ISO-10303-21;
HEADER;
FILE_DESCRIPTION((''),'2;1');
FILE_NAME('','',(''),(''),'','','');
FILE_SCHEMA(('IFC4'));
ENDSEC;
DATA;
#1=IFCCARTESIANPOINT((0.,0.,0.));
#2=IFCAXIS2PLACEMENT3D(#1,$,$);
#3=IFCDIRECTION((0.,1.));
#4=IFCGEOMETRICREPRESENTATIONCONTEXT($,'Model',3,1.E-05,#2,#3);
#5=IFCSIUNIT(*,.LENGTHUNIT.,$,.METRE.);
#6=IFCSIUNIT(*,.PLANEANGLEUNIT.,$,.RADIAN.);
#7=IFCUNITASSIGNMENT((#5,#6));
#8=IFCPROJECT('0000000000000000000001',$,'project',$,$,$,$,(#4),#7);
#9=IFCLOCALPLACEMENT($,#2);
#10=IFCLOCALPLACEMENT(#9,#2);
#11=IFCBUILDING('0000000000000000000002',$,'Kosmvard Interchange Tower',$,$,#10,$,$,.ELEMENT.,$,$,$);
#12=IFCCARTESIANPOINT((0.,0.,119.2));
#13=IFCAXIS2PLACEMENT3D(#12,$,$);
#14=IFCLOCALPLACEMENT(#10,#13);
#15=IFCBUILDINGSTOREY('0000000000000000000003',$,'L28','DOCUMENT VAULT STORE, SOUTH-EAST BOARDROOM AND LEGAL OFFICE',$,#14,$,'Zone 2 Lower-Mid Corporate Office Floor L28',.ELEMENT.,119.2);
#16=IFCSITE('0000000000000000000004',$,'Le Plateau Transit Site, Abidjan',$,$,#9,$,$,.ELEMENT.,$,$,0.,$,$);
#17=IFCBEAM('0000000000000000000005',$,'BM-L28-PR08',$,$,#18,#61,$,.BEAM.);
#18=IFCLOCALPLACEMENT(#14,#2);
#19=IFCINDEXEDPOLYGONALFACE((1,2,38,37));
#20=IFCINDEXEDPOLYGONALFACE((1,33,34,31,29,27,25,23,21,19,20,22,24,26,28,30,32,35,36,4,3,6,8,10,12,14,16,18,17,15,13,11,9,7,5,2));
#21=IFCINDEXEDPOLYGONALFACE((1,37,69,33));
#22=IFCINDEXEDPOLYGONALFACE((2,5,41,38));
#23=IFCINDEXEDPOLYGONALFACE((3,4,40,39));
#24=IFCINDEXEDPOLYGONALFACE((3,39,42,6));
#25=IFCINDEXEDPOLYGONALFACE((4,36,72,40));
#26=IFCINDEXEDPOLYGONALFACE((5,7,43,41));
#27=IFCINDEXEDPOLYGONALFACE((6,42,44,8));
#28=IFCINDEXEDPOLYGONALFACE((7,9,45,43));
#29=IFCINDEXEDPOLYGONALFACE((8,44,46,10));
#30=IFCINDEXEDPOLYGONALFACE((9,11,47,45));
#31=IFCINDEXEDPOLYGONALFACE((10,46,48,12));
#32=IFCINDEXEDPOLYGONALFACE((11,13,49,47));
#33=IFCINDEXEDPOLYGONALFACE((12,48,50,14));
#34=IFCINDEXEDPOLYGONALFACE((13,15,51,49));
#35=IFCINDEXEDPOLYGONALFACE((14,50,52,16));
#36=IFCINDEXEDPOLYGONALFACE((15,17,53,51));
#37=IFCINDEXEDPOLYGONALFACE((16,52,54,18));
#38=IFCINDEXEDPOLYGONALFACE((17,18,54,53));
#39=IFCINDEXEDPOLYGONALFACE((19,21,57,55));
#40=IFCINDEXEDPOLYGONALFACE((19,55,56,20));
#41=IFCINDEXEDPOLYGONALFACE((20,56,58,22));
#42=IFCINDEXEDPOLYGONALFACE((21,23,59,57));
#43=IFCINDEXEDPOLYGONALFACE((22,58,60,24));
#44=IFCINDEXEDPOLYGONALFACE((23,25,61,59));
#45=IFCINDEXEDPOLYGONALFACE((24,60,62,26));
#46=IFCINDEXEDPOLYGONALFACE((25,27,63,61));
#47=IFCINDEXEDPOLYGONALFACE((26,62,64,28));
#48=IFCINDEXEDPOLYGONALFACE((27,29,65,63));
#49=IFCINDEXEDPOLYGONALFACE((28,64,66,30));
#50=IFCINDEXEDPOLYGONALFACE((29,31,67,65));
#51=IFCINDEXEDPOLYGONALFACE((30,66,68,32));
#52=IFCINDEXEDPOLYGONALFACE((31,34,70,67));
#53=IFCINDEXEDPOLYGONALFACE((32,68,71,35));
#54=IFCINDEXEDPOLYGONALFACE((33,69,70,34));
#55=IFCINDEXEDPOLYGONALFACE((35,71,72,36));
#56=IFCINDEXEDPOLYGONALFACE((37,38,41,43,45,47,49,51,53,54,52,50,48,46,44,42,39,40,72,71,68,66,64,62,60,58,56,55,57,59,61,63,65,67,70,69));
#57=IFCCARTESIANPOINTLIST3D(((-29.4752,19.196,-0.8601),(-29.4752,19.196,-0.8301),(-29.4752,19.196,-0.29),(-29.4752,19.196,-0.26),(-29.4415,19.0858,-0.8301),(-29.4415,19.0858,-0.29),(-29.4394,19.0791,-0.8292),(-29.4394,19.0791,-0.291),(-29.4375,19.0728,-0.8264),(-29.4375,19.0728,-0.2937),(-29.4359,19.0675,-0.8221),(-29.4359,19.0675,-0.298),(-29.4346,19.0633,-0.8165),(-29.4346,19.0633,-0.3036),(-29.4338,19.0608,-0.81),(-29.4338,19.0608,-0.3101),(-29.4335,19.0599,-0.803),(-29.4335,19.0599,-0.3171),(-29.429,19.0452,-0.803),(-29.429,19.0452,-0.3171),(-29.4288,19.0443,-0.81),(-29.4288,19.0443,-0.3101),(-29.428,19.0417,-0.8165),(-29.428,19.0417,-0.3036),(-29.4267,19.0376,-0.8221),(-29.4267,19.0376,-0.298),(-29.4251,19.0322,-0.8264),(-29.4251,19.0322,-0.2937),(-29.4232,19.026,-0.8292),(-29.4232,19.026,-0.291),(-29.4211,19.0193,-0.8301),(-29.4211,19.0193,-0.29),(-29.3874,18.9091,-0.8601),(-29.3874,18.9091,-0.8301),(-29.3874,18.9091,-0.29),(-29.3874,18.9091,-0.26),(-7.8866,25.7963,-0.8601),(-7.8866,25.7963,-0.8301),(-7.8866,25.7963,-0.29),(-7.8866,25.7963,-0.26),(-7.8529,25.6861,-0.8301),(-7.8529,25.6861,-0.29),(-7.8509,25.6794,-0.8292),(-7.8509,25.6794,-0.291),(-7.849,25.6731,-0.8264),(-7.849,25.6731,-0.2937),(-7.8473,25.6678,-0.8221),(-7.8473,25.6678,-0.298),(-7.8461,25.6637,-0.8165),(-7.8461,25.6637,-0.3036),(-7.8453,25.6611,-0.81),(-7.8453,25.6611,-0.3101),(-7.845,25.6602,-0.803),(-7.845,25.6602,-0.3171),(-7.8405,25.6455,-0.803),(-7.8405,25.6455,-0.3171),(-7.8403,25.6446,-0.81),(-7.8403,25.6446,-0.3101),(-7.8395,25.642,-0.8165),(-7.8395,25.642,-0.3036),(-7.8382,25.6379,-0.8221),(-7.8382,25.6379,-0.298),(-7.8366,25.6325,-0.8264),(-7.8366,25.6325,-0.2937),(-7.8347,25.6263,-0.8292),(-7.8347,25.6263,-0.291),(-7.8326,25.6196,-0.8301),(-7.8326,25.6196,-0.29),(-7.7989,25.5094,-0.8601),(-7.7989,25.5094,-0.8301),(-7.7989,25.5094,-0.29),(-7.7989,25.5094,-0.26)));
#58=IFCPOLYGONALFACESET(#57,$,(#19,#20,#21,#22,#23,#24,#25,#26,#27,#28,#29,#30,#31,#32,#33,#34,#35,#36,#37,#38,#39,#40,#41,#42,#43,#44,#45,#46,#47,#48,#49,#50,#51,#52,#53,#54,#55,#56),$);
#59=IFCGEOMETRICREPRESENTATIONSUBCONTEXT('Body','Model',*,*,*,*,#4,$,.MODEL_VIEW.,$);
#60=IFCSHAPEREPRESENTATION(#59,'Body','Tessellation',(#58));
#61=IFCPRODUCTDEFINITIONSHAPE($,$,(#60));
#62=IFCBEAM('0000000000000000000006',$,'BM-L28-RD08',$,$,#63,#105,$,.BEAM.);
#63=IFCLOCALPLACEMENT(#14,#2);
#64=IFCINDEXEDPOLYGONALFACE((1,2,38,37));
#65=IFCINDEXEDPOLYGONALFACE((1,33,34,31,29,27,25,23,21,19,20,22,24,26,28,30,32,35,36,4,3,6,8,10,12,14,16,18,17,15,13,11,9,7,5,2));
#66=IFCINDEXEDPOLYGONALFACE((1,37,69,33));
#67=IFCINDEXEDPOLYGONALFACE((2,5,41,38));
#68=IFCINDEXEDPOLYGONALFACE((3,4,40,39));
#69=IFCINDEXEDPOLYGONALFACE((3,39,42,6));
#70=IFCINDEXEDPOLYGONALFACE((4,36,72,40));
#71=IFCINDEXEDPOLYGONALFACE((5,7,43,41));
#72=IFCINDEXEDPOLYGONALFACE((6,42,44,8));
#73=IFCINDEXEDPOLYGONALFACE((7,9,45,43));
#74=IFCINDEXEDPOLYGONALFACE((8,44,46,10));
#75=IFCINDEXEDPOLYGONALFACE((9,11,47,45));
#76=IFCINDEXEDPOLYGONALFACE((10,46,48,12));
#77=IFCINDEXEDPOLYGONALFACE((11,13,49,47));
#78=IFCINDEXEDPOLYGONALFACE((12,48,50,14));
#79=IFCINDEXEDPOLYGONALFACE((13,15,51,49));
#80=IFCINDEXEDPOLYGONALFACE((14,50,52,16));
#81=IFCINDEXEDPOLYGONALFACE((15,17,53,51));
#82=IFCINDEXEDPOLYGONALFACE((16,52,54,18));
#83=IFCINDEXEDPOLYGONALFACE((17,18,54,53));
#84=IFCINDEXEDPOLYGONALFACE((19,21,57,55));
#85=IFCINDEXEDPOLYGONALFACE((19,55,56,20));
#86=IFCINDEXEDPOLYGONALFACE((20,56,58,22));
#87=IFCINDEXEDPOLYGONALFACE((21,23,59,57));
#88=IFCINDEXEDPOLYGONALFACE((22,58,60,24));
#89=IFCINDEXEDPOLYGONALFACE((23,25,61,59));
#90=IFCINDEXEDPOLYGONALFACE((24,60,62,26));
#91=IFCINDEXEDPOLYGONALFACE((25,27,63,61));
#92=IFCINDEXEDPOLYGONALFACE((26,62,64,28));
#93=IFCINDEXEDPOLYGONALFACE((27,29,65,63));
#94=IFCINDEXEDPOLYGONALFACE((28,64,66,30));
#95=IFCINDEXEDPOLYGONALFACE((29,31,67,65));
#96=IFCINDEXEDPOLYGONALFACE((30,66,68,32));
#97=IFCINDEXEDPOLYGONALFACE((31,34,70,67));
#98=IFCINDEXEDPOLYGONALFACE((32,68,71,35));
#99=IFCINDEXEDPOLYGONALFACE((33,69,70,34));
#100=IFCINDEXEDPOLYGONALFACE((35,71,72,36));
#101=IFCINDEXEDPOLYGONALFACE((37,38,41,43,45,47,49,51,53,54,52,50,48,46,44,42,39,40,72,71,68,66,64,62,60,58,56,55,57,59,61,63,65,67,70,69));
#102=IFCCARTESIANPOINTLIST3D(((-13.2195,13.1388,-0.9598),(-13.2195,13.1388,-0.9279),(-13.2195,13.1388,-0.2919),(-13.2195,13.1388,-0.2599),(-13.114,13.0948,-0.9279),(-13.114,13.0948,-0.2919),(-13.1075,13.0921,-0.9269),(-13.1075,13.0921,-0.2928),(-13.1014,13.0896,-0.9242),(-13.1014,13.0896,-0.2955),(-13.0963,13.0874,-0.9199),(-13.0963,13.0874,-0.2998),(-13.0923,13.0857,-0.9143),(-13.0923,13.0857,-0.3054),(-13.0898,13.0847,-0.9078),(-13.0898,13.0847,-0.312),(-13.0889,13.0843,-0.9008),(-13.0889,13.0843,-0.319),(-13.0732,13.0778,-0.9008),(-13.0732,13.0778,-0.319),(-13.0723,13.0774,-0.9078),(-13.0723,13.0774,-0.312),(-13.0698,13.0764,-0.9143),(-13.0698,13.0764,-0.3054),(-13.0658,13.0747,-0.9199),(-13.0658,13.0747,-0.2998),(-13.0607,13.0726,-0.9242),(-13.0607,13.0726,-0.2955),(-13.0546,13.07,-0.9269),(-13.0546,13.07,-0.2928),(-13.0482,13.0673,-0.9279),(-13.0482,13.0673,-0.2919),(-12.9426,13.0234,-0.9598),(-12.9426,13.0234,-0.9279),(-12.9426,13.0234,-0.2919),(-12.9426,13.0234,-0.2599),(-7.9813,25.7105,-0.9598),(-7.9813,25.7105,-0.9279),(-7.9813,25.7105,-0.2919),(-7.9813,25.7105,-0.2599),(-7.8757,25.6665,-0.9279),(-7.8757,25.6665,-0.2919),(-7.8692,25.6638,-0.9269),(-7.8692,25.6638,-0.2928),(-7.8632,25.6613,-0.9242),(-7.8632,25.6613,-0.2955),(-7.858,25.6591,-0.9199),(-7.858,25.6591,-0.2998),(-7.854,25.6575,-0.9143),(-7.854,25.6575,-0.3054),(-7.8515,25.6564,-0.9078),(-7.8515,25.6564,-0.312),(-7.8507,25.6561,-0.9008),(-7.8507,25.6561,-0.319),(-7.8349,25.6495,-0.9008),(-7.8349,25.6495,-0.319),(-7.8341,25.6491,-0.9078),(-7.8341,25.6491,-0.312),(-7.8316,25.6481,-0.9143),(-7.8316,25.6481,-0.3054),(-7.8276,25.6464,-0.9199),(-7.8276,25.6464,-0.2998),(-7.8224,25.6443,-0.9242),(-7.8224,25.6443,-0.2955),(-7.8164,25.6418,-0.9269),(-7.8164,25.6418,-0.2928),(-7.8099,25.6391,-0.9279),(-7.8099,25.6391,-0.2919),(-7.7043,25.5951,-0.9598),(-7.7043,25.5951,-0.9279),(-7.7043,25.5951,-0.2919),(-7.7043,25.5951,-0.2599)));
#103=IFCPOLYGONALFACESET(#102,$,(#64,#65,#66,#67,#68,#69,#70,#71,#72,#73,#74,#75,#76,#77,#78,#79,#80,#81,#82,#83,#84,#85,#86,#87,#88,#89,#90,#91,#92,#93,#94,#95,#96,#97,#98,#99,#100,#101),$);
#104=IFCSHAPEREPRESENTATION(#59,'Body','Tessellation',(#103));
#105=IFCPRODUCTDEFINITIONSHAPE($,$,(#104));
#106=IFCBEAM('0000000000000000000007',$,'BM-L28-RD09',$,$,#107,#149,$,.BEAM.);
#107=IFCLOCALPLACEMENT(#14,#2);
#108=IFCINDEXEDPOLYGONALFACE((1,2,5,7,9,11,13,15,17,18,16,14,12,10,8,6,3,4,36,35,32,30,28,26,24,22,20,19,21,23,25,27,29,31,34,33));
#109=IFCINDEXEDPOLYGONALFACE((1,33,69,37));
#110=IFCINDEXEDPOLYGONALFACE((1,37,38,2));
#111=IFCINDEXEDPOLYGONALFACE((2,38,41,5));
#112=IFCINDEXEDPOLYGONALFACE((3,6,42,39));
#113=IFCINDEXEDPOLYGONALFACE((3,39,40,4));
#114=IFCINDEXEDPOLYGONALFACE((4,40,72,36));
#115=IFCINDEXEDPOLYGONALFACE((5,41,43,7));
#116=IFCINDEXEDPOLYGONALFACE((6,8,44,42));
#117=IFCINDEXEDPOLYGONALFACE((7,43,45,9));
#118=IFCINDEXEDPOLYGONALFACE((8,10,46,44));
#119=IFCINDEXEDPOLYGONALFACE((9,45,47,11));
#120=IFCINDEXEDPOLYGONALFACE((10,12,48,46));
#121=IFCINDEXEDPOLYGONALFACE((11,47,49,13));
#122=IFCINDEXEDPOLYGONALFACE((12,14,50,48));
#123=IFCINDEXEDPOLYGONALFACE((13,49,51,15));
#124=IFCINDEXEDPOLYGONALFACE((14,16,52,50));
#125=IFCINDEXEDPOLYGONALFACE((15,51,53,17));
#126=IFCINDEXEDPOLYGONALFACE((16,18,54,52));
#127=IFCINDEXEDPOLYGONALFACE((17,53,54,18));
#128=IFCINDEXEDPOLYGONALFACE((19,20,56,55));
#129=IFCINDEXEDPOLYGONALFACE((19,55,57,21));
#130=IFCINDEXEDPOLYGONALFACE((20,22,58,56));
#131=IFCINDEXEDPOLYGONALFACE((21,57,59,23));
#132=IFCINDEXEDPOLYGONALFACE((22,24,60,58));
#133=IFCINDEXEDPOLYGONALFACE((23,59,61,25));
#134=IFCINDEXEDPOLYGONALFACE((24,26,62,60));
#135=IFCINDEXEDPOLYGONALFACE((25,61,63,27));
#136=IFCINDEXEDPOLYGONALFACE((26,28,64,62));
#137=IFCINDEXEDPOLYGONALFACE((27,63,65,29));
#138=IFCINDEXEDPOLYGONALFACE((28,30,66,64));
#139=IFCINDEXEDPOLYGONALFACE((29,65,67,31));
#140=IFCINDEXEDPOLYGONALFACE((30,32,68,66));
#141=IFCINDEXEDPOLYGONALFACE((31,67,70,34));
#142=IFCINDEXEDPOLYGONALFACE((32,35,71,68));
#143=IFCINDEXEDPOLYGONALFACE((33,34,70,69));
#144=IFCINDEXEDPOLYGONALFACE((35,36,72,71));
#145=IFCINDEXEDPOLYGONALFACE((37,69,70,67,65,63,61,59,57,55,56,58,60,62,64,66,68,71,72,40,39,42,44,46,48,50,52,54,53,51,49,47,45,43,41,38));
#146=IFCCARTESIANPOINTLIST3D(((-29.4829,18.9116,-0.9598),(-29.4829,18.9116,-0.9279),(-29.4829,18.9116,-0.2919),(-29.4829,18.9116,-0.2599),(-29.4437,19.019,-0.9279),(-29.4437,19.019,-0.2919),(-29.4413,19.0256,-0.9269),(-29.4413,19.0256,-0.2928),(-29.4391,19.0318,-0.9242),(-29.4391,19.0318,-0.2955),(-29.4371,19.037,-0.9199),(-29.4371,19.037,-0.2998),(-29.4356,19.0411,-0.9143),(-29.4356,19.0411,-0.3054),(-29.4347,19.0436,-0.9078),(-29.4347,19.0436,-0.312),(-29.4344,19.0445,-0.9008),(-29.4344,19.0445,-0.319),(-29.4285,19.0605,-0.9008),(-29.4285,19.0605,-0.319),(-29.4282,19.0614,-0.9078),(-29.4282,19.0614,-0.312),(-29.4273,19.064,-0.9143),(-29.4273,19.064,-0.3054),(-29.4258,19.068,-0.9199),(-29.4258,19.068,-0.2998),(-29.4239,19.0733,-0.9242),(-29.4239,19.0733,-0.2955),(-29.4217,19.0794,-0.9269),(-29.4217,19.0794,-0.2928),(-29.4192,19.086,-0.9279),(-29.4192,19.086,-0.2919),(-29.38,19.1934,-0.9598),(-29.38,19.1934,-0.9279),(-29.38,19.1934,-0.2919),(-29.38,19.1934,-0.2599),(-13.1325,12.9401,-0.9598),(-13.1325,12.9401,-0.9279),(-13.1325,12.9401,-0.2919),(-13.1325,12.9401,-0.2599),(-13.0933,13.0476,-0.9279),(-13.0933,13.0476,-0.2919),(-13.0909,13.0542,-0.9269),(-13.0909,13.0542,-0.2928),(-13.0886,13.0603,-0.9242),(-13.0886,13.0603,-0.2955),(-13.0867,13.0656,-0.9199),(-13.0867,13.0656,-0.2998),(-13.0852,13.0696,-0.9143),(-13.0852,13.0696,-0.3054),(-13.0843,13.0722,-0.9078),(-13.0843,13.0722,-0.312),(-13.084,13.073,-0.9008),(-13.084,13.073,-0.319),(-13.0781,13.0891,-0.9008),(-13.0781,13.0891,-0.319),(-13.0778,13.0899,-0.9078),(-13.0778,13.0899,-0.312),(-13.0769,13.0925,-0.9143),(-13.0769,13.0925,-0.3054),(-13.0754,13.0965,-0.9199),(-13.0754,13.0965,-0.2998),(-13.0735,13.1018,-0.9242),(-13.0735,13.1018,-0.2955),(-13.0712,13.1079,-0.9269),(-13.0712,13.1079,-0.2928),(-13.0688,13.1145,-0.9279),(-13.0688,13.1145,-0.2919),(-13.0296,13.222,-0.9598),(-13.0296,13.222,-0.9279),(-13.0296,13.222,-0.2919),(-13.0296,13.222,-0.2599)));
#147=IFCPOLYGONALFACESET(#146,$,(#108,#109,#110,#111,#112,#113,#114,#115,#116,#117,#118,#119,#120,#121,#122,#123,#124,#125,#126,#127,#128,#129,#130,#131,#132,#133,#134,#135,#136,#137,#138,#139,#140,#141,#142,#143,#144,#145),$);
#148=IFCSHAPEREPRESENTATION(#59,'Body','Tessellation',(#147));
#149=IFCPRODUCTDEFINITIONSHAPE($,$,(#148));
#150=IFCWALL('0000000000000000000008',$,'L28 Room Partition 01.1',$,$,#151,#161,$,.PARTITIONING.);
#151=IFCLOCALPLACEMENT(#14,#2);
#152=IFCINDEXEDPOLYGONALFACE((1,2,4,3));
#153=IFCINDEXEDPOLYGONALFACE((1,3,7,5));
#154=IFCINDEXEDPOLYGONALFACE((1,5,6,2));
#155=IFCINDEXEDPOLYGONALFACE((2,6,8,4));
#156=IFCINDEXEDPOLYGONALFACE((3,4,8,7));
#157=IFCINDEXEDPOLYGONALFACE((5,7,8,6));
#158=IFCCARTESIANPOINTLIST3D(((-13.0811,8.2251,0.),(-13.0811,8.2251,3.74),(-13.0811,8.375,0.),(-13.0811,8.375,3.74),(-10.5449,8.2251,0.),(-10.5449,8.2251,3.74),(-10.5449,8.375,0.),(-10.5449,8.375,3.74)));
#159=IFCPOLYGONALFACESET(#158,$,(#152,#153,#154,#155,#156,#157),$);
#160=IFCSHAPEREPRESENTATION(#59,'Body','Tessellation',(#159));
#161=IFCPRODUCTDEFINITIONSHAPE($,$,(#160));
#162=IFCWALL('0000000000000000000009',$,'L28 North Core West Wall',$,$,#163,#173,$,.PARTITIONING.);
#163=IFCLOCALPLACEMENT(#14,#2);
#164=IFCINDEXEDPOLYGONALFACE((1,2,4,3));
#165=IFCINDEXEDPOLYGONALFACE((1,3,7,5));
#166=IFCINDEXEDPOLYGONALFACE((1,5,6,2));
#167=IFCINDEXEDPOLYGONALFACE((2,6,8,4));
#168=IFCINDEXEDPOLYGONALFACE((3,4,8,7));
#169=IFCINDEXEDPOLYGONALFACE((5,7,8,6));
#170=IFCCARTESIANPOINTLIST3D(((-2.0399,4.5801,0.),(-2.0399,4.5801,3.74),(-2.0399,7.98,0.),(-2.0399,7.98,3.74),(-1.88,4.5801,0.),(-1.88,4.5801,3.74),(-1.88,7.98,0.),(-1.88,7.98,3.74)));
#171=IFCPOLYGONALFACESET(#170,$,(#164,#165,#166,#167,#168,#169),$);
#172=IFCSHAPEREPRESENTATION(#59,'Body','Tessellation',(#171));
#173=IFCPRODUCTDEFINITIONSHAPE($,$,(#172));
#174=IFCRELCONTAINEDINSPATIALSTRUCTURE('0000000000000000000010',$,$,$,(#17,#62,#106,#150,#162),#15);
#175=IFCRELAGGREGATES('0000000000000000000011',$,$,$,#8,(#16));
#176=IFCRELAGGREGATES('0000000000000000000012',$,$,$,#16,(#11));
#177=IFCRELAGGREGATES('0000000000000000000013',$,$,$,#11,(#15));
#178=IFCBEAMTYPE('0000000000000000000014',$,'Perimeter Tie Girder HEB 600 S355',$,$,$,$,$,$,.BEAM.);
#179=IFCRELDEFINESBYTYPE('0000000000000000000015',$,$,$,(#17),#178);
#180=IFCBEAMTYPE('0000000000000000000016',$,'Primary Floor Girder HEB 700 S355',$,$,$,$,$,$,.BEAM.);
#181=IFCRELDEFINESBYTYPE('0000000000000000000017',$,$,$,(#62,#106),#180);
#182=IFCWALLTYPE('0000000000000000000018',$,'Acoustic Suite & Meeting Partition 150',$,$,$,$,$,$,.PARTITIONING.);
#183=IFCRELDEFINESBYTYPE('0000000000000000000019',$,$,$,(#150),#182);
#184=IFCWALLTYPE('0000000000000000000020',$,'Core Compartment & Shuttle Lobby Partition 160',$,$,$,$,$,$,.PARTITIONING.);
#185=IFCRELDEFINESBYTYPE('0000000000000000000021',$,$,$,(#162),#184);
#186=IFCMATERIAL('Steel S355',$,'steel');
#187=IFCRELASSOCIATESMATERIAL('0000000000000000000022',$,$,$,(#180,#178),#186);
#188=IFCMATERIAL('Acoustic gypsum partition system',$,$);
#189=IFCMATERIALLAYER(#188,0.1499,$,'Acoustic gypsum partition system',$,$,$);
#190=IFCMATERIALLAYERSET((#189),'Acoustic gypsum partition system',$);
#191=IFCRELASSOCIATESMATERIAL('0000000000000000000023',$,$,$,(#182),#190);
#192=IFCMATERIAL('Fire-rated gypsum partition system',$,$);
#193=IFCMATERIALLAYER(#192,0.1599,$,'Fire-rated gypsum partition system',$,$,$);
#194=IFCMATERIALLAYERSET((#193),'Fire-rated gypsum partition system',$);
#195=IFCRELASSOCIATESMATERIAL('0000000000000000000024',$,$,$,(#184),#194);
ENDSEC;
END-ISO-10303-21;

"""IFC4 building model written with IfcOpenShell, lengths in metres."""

from ifc_helpers import new_model, si_unit, direction, frame, frame_2d, origin, origin_2d, place, context, subcontext, project, spatial, rectangle, i_section, extrude, source, transform, mapped, material, layer, layer_set, material_profile, profile_set, type_object, element, save


model = new_model("IFC4")

# Units and contexts
model_context = context("Model", 3, precision=1e-05, world=origin(), true_north=direction((0.0, 1.0)))
body_context = subcontext(model_context, "Body", "Model", "MODEL_VIEW")
ifc_project = project(units=[si_unit("LENGTHUNIT", "METRE"), si_unit("PLANEANGLEUNIT", "RADIAN")], contexts=[model_context])

# Site, building, storey
site_placement = place(None, origin())
site = spatial("IfcSite", under=ifc_project, at=site_placement, Name="Le Plateau Transit Site, Abidjan", CompositionType="ELEMENT", RefElevation=0.0)
building_placement = place(site_placement, origin())
building = spatial("IfcBuilding", under=site, at=building_placement, Name="Kosmvard Interchange Tower", CompositionType="ELEMENT")
storey_placement = place(building_placement, frame((0.0, 0.0, 119.2)))
storey = spatial("IfcBuildingStorey", under=building, at=storey_placement, Name="L28", Description="DOCUMENT VAULT STORE, SOUTH-EAST BOARDROOM AND LEGAL OFFICE", LongName="Zone 2 Lower-Mid Corporate Office Floor L28", CompositionType="ELEMENT", Elevation=119.2)

# Beams
ifc_material_1 = material(Name="Steel S355", Category="steel")
ifc_material_profile_1 = material_profile(ifc_material_1, i_section(OverallWidth=0.3, OverallDepth=0.7, WebThickness=0.0171, FlangeThickness=0.032, FilletRadius=0.0271, at=origin_2d()), Name="HEB 700")
ifc_profile_set_1 = profile_set([ifc_material_profile_1], Name="Steel S355")
beam_type_1 = type_object("IfcBeamType", Name="Primary Floor Girder HEB 700 S355", PredefinedType="BEAM", material=ifc_profile_set_1)
ifc_material_profile_2 = material_profile(ifc_material_1, i_section(OverallWidth=0.3, OverallDepth=0.6001, WebThickness=0.0154, FlangeThickness=0.03, FilletRadius=0.0271, at=origin_2d()), Name="HEB 600")
ifc_profile_set_2 = profile_set([ifc_material_profile_2], Name="Steel S355")
beam_type_2 = type_object("IfcBeamType", Name="Perimeter Tie Girder HEB 600 S355", PredefinedType="BEAM", material=ifc_profile_set_2)
shared_shape_1 = source(origin(), body_context, "Body", "SweptSolid", [
    extrude(i_section(OverallWidth=0.3, OverallDepth=0.6001, WebThickness=0.0154, FlangeThickness=0.03, FilletRadius=0.0271, at=origin_2d()), origin(), (0.0, 0.0, 1.0), 22.575),
])
beam_1_placement = place(storey_placement, frame((-7.8428, 25.6528, -0.5601), z_axis=(-0.956304, -0.292373, 0.0), x_axis=(0.292373, -0.956304, 0.0)))
element("IfcBeam", 1, at=beam_1_placement, inside=storey, type_object=beam_type_2, Name="BM-L28-PR08", PredefinedType="BEAM", context=body_context, shape_type="MappedRepresentation", body=[
    mapped(shared_shape_1, transform((0.0, 0.0, 0.0), scale=1.0)),
])
shared_shape_2 = source(origin(), body_context, "Body", "SweptSolid", [
    extrude(i_section(OverallWidth=0.3, OverallDepth=0.7, WebThickness=0.0171, FlangeThickness=0.032, FilletRadius=0.0271, at=origin_2d()), origin(), (0.0, 0.0, 1.0), 13.6194),
])
beam_2_placement = place(storey_placement, frame((-13.0811, 13.0811, -0.6099), z_axis=(0.384618, 0.923076, 0.0), x_axis=(-0.923076, 0.384618, 0.0)))
element("IfcBeam", 2, at=beam_2_placement, inside=storey, type_object=beam_type_1, Name="BM-L28-RD08", PredefinedType="BEAM", context=body_context, shape_type="MappedRepresentation", body=[
    mapped(shared_shape_2, transform((0.0, 0.0, 0.0), scale=1.0)),
])
shared_shape_3 = source(origin(), body_context, "Body", "SweptSolid", [
    extrude(i_section(OverallWidth=0.3, OverallDepth=0.7, WebThickness=0.0171, FlangeThickness=0.032, FilletRadius=0.0271, at=origin_2d()), origin(), (0.0, 0.0, 1.0), 17.4067),
])
beam_3_placement = place(storey_placement, frame((-13.0811, 13.0811, -0.6099), z_axis=(-0.939315, 0.343055, 0.0), x_axis=(-0.343055, -0.939315, 0.0)))
element("IfcBeam", 3, at=beam_3_placement, inside=storey, type_object=beam_type_1, Name="BM-L28-RD09", PredefinedType="BEAM", context=body_context, shape_type="MappedRepresentation", body=[
    mapped(shared_shape_3, transform((0.0, 0.0, 0.0), scale=1.0)),
])

# Walls
ifc_material_2 = material(Name="Acoustic gypsum partition system")
ifc_layer_1 = layer(ifc_material_2, 0.1499, Name="Acoustic gypsum partition system")
ifc_layer_set_1 = layer_set([ifc_layer_1], Name="Acoustic gypsum partition system")
wall_type_1 = type_object("IfcWallType", Name="Acoustic Suite & Meeting Partition 150", PredefinedType="PARTITIONING", material=ifc_layer_set_1)
wall_1_placement = place(storey_placement, frame((-10.5449, 8.3, 0.0), z_axis=(0.0, 0.0, 1.0), x_axis=(-1.0, 0.0, 0.0)))
element("IfcWall", 4, at=wall_1_placement, inside=storey, type_object=wall_type_1, Name="L28 Room Partition 01.1", PredefinedType="PARTITIONING", context=body_context, shape_type="SweptSolid", body=[
    extrude(rectangle(XDim=2.5361, YDim=0.1499, at=frame_2d((1.2681, 0.0))), origin(), (0.0, 0.0, 1.0), 3.74),
])
ifc_material_3 = material(Name="Fire-rated gypsum partition system")
ifc_layer_2 = layer(ifc_material_3, 0.1599, Name="Fire-rated gypsum partition system")
ifc_layer_set_2 = layer_set([ifc_layer_2], Name="Fire-rated gypsum partition system")
wall_type_2 = type_object("IfcWallType", Name="Core Compartment & Shuttle Lobby Partition 160", PredefinedType="PARTITIONING", material=ifc_layer_set_2)
wall_2_placement = place(storey_placement, frame((-1.96, 4.5801, 0.0), z_axis=(0.0, 0.0, 1.0), x_axis=(0.0, 1.0, 0.0)))
element("IfcWall", 5, at=wall_2_placement, inside=storey, type_object=wall_type_2, Name="L28 North Core West Wall", PredefinedType="PARTITIONING", context=body_context, shape_type="SweptSolid", body=[
    extrude(rectangle(XDim=3.3999, YDim=0.1599, at=frame_2d((1.7, 0.0))), origin(), (0.0, 0.0, 1.0), 3.74),
])

save(model, "model.ifc")
